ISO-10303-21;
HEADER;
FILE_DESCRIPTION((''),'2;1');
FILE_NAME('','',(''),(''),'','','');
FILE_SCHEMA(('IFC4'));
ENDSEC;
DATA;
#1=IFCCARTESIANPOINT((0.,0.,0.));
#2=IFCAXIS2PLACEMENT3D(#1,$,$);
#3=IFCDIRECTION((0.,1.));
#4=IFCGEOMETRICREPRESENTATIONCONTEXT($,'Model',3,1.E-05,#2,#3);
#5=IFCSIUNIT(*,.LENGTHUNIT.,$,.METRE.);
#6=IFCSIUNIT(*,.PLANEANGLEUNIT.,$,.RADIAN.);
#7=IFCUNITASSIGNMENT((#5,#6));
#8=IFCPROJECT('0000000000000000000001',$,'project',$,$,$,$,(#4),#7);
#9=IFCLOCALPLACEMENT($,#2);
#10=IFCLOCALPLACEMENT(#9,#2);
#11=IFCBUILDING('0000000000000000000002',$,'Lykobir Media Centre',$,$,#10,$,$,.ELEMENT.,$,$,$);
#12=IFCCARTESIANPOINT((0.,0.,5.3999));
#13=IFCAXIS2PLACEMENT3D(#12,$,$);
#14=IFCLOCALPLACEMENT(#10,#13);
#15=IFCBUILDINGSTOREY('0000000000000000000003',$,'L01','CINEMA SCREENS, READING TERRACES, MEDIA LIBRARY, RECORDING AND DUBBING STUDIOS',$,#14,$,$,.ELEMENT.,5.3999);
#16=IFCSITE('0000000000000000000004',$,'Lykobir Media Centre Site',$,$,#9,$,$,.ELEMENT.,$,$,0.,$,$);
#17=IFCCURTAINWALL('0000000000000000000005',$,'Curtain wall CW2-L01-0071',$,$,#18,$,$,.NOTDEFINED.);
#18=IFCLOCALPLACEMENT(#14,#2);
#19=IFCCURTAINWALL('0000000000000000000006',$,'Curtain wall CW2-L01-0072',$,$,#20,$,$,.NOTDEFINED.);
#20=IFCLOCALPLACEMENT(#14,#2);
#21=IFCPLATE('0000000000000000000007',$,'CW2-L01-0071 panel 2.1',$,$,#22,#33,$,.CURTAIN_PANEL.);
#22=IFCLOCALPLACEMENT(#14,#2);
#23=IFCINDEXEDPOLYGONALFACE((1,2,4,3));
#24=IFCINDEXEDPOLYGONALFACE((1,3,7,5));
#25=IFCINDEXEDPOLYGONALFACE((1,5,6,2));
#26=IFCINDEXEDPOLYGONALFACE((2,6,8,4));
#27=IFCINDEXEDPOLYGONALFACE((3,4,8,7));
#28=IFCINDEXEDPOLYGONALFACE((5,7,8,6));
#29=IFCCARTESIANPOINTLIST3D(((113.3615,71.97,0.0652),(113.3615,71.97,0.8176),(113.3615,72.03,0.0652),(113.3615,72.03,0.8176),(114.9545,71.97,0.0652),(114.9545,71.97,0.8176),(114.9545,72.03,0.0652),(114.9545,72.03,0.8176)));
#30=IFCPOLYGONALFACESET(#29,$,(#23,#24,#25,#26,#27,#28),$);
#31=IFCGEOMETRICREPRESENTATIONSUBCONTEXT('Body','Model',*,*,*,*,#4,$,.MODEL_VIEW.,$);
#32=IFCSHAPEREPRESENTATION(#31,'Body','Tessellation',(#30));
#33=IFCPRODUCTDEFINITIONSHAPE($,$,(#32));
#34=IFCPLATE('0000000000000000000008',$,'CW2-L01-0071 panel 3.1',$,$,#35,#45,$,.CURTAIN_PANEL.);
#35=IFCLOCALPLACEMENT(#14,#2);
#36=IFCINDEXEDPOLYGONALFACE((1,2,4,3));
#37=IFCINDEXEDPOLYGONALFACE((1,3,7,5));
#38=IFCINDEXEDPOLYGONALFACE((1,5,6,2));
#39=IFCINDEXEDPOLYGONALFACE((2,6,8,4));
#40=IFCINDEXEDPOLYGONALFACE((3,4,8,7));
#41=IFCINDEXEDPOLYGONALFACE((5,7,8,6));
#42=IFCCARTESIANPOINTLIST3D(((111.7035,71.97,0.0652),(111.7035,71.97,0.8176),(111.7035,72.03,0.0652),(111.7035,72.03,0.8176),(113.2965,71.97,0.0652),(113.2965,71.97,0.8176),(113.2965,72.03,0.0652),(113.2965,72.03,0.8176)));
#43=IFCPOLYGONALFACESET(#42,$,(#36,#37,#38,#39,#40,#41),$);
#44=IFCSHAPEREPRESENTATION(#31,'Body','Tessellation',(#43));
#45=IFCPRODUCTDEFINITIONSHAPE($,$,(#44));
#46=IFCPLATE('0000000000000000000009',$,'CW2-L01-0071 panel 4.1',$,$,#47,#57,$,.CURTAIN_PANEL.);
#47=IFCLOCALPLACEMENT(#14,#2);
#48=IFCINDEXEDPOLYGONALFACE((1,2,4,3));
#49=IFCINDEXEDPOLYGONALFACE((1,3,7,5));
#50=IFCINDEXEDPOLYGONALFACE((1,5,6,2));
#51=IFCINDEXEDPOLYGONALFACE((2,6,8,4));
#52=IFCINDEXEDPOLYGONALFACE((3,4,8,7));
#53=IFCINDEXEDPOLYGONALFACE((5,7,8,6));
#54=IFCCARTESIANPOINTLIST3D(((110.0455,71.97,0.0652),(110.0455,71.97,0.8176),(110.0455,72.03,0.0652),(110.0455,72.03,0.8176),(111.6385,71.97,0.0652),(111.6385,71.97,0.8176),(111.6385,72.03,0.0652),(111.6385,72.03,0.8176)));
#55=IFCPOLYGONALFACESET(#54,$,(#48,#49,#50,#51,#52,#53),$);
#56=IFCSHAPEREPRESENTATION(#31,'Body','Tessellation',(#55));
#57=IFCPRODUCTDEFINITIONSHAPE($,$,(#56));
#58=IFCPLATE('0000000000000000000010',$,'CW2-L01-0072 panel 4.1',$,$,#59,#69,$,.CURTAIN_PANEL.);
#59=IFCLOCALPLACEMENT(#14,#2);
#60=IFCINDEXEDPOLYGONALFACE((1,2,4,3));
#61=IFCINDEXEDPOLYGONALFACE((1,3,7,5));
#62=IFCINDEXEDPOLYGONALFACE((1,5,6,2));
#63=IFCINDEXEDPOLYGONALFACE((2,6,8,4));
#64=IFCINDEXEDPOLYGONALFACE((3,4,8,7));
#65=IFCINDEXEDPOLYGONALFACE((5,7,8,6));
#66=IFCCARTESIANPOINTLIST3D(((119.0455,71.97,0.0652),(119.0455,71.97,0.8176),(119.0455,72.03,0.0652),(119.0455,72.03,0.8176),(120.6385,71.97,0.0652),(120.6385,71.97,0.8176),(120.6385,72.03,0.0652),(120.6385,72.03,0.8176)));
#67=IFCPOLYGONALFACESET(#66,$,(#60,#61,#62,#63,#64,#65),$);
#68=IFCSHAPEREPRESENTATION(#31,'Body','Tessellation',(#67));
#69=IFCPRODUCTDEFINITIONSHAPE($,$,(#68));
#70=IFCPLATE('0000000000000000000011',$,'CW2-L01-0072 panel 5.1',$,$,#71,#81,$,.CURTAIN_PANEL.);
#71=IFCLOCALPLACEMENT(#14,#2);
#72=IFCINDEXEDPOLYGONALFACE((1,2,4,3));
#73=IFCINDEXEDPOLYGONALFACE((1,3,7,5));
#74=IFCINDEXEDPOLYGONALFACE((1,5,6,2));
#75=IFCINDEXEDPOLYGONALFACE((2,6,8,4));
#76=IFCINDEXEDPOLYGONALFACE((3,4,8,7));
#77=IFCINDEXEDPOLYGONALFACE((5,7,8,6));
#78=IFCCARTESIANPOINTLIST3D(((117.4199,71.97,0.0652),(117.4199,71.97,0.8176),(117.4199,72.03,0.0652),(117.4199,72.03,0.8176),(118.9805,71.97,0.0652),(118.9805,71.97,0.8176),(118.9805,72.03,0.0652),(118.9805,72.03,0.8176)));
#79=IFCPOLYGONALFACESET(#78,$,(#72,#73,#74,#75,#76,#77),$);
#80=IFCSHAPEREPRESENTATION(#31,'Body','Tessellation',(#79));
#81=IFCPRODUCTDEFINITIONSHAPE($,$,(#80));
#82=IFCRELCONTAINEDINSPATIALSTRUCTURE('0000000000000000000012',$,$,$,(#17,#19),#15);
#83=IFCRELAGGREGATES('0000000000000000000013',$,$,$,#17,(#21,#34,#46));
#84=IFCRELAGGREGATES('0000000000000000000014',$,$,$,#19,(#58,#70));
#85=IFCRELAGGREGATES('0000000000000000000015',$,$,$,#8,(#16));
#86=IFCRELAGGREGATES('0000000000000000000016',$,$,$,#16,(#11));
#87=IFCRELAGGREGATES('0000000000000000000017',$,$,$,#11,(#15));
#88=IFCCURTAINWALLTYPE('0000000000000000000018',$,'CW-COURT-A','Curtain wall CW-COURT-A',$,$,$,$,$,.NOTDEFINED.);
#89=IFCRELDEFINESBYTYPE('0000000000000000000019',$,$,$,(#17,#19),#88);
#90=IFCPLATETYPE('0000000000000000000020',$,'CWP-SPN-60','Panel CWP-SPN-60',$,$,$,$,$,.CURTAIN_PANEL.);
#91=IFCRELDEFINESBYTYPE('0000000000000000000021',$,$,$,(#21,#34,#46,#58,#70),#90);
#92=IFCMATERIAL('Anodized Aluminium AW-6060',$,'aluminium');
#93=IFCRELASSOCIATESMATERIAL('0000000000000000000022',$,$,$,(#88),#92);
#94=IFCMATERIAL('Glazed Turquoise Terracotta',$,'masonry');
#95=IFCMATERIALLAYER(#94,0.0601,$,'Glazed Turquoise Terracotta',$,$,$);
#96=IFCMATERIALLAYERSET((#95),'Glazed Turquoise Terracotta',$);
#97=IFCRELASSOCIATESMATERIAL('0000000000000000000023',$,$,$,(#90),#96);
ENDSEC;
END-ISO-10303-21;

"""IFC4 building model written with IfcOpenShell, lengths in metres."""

from ifc_helpers import new_model, si_unit, direction, frame, origin, origin_2d, place, context, subcontext, project, spatial, rectangle, extrude, material, layer, layer_set, type_object, element, aggregate, save


model = new_model("IFC4")

# Units and contexts
model_context = context("Model", 3, precision=1e-05, world=origin(), true_north=direction((0.0, 1.0)))
body_context = subcontext(model_context, "Body", "Model", "MODEL_VIEW")
ifc_project = project(units=[si_unit("LENGTHUNIT", "METRE"), si_unit("PLANEANGLEUNIT", "RADIAN")], contexts=[model_context])

# Site, building, storey
site_placement = place(None, origin())
site = spatial("IfcSite", under=ifc_project, at=site_placement, Name="Lykobir Media Centre Site", CompositionType="ELEMENT", RefElevation=0.0)
building_placement = place(site_placement, origin())
building = spatial("IfcBuilding", under=site, at=building_placement, Name="Lykobir Media Centre", CompositionType="ELEMENT")
storey_placement = place(building_placement, frame((0.0, 0.0, 5.3999)))
storey = spatial("IfcBuildingStorey", under=building, at=storey_placement, Name="L01", Description="CINEMA SCREENS, READING TERRACES, MEDIA LIBRARY, RECORDING AND DUBBING STUDIOS", CompositionType="ELEMENT", Elevation=5.3999)

# Curtain walls
ifc_material_1 = material(Name="Anodized Aluminium AW-6060", Category="aluminium")
curtain_wall_type = type_object("IfcCurtainWallType", Name="CW-COURT-A", Description="Curtain wall CW-COURT-A", PredefinedType="NOTDEFINED", material=ifc_material_1)
curtain_wall_1_placement = place(storey_placement, origin())
curtain_wall_1 = element("IfcCurtainWall", 1, at=curtain_wall_1_placement, inside=storey, type_object=curtain_wall_type, Name="Curtain wall CW2-L01-0071", PredefinedType="NOTDEFINED")
curtain_wall_2_placement = place(storey_placement, origin())
curtain_wall_2 = element("IfcCurtainWall", 2, at=curtain_wall_2_placement, inside=storey, type_object=curtain_wall_type, Name="Curtain wall CW2-L01-0072", PredefinedType="NOTDEFINED")

# Plates
ifc_material_2 = material(Name="Glazed Turquoise Terracotta", Category="masonry")
ifc_layer_1 = layer(ifc_material_2, 0.0601, Name="Glazed Turquoise Terracotta")
ifc_layer_set_1 = layer_set([ifc_layer_1], Name="Glazed Turquoise Terracotta")
plate_type_1 = type_object("IfcPlateType", Name="CWP-SPN-60", Description="Panel CWP-SPN-60", PredefinedType="CURTAIN_PANEL", material=ifc_layer_set_1)
plate_1_placement = place(storey_placement, frame((114.158, 72.0, 0.0652), z_axis=(0.0, 0.0, 1.0), x_axis=(-1.0, 0.0, 0.0)))
plate_1 = element("IfcPlate", 3, at=plate_1_placement, type_object=plate_type_1, Name="CW2-L01-0071 panel 2.1", PredefinedType="CURTAIN_PANEL", context=body_context, shape_type="SweptSolid", body=[
    extrude(rectangle(XDim=1.593, YDim=0.0601, at=origin_2d()), origin(), (0.0, 0.0, 1.0), 0.7524),
])
plate_2_placement = place(storey_placement, frame((112.5, 72.0, 0.0652), z_axis=(0.0, 0.0, 1.0), x_axis=(-1.0, 0.0, 0.0)))
plate_2 = element("IfcPlate", 4, at=plate_2_placement, type_object=plate_type_1, Name="CW2-L01-0071 panel 3.1", PredefinedType="CURTAIN_PANEL", context=body_context, shape_type="SweptSolid", body=[
    extrude(rectangle(XDim=1.593, YDim=0.0601, at=origin_2d()), origin(), (0.0, 0.0, 1.0), 0.7524),
])
plate_3_placement = place(storey_placement, frame((110.842, 72.0, 0.0652), z_axis=(0.0, 0.0, 1.0), x_axis=(-1.0, 0.0, 0.0)))
plate_3 = element("IfcPlate", 5, at=plate_3_placement, type_object=plate_type_1, Name="CW2-L01-0071 panel 4.1", PredefinedType="CURTAIN_PANEL", context=body_context, shape_type="SweptSolid", body=[
    extrude(rectangle(XDim=1.593, YDim=0.0601, at=origin_2d()), origin(), (0.0, 0.0, 1.0), 0.7524),
])
aggregate(curtain_wall_1, [plate_1, plate_2, plate_3])
plate_4_placement = place(storey_placement, frame((119.842, 72.0, 0.0652), z_axis=(0.0, 0.0, 1.0), x_axis=(-1.0, 0.0, 0.0)))
plate_4 = element("IfcPlate", 6, at=plate_4_placement, type_object=plate_type_1, Name="CW2-L01-0072 panel 4.1", PredefinedType="CURTAIN_PANEL", context=body_context, shape_type="SweptSolid", body=[
    extrude(rectangle(XDim=1.593, YDim=0.0601, at=origin_2d()), origin(), (0.0, 0.0, 1.0), 0.7524),
])
plate_5_placement = place(storey_placement, frame((118.2002, 72.0, 0.0652), z_axis=(0.0, 0.0, 1.0), x_axis=(-1.0, 0.0, 0.0)))
plate_5 = element("IfcPlate", 7, at=plate_5_placement, type_object=plate_type_1, Name="CW2-L01-0072 panel 5.1", PredefinedType="CURTAIN_PANEL", context=body_context, shape_type="SweptSolid", body=[
    extrude(rectangle(XDim=1.5605, YDim=0.0601, at=origin_2d()), origin(), (0.0, 0.0, 1.0), 0.7524),
])
aggregate(curtain_wall_2, [plate_4, plate_5])

save(model, "model.ifc")
